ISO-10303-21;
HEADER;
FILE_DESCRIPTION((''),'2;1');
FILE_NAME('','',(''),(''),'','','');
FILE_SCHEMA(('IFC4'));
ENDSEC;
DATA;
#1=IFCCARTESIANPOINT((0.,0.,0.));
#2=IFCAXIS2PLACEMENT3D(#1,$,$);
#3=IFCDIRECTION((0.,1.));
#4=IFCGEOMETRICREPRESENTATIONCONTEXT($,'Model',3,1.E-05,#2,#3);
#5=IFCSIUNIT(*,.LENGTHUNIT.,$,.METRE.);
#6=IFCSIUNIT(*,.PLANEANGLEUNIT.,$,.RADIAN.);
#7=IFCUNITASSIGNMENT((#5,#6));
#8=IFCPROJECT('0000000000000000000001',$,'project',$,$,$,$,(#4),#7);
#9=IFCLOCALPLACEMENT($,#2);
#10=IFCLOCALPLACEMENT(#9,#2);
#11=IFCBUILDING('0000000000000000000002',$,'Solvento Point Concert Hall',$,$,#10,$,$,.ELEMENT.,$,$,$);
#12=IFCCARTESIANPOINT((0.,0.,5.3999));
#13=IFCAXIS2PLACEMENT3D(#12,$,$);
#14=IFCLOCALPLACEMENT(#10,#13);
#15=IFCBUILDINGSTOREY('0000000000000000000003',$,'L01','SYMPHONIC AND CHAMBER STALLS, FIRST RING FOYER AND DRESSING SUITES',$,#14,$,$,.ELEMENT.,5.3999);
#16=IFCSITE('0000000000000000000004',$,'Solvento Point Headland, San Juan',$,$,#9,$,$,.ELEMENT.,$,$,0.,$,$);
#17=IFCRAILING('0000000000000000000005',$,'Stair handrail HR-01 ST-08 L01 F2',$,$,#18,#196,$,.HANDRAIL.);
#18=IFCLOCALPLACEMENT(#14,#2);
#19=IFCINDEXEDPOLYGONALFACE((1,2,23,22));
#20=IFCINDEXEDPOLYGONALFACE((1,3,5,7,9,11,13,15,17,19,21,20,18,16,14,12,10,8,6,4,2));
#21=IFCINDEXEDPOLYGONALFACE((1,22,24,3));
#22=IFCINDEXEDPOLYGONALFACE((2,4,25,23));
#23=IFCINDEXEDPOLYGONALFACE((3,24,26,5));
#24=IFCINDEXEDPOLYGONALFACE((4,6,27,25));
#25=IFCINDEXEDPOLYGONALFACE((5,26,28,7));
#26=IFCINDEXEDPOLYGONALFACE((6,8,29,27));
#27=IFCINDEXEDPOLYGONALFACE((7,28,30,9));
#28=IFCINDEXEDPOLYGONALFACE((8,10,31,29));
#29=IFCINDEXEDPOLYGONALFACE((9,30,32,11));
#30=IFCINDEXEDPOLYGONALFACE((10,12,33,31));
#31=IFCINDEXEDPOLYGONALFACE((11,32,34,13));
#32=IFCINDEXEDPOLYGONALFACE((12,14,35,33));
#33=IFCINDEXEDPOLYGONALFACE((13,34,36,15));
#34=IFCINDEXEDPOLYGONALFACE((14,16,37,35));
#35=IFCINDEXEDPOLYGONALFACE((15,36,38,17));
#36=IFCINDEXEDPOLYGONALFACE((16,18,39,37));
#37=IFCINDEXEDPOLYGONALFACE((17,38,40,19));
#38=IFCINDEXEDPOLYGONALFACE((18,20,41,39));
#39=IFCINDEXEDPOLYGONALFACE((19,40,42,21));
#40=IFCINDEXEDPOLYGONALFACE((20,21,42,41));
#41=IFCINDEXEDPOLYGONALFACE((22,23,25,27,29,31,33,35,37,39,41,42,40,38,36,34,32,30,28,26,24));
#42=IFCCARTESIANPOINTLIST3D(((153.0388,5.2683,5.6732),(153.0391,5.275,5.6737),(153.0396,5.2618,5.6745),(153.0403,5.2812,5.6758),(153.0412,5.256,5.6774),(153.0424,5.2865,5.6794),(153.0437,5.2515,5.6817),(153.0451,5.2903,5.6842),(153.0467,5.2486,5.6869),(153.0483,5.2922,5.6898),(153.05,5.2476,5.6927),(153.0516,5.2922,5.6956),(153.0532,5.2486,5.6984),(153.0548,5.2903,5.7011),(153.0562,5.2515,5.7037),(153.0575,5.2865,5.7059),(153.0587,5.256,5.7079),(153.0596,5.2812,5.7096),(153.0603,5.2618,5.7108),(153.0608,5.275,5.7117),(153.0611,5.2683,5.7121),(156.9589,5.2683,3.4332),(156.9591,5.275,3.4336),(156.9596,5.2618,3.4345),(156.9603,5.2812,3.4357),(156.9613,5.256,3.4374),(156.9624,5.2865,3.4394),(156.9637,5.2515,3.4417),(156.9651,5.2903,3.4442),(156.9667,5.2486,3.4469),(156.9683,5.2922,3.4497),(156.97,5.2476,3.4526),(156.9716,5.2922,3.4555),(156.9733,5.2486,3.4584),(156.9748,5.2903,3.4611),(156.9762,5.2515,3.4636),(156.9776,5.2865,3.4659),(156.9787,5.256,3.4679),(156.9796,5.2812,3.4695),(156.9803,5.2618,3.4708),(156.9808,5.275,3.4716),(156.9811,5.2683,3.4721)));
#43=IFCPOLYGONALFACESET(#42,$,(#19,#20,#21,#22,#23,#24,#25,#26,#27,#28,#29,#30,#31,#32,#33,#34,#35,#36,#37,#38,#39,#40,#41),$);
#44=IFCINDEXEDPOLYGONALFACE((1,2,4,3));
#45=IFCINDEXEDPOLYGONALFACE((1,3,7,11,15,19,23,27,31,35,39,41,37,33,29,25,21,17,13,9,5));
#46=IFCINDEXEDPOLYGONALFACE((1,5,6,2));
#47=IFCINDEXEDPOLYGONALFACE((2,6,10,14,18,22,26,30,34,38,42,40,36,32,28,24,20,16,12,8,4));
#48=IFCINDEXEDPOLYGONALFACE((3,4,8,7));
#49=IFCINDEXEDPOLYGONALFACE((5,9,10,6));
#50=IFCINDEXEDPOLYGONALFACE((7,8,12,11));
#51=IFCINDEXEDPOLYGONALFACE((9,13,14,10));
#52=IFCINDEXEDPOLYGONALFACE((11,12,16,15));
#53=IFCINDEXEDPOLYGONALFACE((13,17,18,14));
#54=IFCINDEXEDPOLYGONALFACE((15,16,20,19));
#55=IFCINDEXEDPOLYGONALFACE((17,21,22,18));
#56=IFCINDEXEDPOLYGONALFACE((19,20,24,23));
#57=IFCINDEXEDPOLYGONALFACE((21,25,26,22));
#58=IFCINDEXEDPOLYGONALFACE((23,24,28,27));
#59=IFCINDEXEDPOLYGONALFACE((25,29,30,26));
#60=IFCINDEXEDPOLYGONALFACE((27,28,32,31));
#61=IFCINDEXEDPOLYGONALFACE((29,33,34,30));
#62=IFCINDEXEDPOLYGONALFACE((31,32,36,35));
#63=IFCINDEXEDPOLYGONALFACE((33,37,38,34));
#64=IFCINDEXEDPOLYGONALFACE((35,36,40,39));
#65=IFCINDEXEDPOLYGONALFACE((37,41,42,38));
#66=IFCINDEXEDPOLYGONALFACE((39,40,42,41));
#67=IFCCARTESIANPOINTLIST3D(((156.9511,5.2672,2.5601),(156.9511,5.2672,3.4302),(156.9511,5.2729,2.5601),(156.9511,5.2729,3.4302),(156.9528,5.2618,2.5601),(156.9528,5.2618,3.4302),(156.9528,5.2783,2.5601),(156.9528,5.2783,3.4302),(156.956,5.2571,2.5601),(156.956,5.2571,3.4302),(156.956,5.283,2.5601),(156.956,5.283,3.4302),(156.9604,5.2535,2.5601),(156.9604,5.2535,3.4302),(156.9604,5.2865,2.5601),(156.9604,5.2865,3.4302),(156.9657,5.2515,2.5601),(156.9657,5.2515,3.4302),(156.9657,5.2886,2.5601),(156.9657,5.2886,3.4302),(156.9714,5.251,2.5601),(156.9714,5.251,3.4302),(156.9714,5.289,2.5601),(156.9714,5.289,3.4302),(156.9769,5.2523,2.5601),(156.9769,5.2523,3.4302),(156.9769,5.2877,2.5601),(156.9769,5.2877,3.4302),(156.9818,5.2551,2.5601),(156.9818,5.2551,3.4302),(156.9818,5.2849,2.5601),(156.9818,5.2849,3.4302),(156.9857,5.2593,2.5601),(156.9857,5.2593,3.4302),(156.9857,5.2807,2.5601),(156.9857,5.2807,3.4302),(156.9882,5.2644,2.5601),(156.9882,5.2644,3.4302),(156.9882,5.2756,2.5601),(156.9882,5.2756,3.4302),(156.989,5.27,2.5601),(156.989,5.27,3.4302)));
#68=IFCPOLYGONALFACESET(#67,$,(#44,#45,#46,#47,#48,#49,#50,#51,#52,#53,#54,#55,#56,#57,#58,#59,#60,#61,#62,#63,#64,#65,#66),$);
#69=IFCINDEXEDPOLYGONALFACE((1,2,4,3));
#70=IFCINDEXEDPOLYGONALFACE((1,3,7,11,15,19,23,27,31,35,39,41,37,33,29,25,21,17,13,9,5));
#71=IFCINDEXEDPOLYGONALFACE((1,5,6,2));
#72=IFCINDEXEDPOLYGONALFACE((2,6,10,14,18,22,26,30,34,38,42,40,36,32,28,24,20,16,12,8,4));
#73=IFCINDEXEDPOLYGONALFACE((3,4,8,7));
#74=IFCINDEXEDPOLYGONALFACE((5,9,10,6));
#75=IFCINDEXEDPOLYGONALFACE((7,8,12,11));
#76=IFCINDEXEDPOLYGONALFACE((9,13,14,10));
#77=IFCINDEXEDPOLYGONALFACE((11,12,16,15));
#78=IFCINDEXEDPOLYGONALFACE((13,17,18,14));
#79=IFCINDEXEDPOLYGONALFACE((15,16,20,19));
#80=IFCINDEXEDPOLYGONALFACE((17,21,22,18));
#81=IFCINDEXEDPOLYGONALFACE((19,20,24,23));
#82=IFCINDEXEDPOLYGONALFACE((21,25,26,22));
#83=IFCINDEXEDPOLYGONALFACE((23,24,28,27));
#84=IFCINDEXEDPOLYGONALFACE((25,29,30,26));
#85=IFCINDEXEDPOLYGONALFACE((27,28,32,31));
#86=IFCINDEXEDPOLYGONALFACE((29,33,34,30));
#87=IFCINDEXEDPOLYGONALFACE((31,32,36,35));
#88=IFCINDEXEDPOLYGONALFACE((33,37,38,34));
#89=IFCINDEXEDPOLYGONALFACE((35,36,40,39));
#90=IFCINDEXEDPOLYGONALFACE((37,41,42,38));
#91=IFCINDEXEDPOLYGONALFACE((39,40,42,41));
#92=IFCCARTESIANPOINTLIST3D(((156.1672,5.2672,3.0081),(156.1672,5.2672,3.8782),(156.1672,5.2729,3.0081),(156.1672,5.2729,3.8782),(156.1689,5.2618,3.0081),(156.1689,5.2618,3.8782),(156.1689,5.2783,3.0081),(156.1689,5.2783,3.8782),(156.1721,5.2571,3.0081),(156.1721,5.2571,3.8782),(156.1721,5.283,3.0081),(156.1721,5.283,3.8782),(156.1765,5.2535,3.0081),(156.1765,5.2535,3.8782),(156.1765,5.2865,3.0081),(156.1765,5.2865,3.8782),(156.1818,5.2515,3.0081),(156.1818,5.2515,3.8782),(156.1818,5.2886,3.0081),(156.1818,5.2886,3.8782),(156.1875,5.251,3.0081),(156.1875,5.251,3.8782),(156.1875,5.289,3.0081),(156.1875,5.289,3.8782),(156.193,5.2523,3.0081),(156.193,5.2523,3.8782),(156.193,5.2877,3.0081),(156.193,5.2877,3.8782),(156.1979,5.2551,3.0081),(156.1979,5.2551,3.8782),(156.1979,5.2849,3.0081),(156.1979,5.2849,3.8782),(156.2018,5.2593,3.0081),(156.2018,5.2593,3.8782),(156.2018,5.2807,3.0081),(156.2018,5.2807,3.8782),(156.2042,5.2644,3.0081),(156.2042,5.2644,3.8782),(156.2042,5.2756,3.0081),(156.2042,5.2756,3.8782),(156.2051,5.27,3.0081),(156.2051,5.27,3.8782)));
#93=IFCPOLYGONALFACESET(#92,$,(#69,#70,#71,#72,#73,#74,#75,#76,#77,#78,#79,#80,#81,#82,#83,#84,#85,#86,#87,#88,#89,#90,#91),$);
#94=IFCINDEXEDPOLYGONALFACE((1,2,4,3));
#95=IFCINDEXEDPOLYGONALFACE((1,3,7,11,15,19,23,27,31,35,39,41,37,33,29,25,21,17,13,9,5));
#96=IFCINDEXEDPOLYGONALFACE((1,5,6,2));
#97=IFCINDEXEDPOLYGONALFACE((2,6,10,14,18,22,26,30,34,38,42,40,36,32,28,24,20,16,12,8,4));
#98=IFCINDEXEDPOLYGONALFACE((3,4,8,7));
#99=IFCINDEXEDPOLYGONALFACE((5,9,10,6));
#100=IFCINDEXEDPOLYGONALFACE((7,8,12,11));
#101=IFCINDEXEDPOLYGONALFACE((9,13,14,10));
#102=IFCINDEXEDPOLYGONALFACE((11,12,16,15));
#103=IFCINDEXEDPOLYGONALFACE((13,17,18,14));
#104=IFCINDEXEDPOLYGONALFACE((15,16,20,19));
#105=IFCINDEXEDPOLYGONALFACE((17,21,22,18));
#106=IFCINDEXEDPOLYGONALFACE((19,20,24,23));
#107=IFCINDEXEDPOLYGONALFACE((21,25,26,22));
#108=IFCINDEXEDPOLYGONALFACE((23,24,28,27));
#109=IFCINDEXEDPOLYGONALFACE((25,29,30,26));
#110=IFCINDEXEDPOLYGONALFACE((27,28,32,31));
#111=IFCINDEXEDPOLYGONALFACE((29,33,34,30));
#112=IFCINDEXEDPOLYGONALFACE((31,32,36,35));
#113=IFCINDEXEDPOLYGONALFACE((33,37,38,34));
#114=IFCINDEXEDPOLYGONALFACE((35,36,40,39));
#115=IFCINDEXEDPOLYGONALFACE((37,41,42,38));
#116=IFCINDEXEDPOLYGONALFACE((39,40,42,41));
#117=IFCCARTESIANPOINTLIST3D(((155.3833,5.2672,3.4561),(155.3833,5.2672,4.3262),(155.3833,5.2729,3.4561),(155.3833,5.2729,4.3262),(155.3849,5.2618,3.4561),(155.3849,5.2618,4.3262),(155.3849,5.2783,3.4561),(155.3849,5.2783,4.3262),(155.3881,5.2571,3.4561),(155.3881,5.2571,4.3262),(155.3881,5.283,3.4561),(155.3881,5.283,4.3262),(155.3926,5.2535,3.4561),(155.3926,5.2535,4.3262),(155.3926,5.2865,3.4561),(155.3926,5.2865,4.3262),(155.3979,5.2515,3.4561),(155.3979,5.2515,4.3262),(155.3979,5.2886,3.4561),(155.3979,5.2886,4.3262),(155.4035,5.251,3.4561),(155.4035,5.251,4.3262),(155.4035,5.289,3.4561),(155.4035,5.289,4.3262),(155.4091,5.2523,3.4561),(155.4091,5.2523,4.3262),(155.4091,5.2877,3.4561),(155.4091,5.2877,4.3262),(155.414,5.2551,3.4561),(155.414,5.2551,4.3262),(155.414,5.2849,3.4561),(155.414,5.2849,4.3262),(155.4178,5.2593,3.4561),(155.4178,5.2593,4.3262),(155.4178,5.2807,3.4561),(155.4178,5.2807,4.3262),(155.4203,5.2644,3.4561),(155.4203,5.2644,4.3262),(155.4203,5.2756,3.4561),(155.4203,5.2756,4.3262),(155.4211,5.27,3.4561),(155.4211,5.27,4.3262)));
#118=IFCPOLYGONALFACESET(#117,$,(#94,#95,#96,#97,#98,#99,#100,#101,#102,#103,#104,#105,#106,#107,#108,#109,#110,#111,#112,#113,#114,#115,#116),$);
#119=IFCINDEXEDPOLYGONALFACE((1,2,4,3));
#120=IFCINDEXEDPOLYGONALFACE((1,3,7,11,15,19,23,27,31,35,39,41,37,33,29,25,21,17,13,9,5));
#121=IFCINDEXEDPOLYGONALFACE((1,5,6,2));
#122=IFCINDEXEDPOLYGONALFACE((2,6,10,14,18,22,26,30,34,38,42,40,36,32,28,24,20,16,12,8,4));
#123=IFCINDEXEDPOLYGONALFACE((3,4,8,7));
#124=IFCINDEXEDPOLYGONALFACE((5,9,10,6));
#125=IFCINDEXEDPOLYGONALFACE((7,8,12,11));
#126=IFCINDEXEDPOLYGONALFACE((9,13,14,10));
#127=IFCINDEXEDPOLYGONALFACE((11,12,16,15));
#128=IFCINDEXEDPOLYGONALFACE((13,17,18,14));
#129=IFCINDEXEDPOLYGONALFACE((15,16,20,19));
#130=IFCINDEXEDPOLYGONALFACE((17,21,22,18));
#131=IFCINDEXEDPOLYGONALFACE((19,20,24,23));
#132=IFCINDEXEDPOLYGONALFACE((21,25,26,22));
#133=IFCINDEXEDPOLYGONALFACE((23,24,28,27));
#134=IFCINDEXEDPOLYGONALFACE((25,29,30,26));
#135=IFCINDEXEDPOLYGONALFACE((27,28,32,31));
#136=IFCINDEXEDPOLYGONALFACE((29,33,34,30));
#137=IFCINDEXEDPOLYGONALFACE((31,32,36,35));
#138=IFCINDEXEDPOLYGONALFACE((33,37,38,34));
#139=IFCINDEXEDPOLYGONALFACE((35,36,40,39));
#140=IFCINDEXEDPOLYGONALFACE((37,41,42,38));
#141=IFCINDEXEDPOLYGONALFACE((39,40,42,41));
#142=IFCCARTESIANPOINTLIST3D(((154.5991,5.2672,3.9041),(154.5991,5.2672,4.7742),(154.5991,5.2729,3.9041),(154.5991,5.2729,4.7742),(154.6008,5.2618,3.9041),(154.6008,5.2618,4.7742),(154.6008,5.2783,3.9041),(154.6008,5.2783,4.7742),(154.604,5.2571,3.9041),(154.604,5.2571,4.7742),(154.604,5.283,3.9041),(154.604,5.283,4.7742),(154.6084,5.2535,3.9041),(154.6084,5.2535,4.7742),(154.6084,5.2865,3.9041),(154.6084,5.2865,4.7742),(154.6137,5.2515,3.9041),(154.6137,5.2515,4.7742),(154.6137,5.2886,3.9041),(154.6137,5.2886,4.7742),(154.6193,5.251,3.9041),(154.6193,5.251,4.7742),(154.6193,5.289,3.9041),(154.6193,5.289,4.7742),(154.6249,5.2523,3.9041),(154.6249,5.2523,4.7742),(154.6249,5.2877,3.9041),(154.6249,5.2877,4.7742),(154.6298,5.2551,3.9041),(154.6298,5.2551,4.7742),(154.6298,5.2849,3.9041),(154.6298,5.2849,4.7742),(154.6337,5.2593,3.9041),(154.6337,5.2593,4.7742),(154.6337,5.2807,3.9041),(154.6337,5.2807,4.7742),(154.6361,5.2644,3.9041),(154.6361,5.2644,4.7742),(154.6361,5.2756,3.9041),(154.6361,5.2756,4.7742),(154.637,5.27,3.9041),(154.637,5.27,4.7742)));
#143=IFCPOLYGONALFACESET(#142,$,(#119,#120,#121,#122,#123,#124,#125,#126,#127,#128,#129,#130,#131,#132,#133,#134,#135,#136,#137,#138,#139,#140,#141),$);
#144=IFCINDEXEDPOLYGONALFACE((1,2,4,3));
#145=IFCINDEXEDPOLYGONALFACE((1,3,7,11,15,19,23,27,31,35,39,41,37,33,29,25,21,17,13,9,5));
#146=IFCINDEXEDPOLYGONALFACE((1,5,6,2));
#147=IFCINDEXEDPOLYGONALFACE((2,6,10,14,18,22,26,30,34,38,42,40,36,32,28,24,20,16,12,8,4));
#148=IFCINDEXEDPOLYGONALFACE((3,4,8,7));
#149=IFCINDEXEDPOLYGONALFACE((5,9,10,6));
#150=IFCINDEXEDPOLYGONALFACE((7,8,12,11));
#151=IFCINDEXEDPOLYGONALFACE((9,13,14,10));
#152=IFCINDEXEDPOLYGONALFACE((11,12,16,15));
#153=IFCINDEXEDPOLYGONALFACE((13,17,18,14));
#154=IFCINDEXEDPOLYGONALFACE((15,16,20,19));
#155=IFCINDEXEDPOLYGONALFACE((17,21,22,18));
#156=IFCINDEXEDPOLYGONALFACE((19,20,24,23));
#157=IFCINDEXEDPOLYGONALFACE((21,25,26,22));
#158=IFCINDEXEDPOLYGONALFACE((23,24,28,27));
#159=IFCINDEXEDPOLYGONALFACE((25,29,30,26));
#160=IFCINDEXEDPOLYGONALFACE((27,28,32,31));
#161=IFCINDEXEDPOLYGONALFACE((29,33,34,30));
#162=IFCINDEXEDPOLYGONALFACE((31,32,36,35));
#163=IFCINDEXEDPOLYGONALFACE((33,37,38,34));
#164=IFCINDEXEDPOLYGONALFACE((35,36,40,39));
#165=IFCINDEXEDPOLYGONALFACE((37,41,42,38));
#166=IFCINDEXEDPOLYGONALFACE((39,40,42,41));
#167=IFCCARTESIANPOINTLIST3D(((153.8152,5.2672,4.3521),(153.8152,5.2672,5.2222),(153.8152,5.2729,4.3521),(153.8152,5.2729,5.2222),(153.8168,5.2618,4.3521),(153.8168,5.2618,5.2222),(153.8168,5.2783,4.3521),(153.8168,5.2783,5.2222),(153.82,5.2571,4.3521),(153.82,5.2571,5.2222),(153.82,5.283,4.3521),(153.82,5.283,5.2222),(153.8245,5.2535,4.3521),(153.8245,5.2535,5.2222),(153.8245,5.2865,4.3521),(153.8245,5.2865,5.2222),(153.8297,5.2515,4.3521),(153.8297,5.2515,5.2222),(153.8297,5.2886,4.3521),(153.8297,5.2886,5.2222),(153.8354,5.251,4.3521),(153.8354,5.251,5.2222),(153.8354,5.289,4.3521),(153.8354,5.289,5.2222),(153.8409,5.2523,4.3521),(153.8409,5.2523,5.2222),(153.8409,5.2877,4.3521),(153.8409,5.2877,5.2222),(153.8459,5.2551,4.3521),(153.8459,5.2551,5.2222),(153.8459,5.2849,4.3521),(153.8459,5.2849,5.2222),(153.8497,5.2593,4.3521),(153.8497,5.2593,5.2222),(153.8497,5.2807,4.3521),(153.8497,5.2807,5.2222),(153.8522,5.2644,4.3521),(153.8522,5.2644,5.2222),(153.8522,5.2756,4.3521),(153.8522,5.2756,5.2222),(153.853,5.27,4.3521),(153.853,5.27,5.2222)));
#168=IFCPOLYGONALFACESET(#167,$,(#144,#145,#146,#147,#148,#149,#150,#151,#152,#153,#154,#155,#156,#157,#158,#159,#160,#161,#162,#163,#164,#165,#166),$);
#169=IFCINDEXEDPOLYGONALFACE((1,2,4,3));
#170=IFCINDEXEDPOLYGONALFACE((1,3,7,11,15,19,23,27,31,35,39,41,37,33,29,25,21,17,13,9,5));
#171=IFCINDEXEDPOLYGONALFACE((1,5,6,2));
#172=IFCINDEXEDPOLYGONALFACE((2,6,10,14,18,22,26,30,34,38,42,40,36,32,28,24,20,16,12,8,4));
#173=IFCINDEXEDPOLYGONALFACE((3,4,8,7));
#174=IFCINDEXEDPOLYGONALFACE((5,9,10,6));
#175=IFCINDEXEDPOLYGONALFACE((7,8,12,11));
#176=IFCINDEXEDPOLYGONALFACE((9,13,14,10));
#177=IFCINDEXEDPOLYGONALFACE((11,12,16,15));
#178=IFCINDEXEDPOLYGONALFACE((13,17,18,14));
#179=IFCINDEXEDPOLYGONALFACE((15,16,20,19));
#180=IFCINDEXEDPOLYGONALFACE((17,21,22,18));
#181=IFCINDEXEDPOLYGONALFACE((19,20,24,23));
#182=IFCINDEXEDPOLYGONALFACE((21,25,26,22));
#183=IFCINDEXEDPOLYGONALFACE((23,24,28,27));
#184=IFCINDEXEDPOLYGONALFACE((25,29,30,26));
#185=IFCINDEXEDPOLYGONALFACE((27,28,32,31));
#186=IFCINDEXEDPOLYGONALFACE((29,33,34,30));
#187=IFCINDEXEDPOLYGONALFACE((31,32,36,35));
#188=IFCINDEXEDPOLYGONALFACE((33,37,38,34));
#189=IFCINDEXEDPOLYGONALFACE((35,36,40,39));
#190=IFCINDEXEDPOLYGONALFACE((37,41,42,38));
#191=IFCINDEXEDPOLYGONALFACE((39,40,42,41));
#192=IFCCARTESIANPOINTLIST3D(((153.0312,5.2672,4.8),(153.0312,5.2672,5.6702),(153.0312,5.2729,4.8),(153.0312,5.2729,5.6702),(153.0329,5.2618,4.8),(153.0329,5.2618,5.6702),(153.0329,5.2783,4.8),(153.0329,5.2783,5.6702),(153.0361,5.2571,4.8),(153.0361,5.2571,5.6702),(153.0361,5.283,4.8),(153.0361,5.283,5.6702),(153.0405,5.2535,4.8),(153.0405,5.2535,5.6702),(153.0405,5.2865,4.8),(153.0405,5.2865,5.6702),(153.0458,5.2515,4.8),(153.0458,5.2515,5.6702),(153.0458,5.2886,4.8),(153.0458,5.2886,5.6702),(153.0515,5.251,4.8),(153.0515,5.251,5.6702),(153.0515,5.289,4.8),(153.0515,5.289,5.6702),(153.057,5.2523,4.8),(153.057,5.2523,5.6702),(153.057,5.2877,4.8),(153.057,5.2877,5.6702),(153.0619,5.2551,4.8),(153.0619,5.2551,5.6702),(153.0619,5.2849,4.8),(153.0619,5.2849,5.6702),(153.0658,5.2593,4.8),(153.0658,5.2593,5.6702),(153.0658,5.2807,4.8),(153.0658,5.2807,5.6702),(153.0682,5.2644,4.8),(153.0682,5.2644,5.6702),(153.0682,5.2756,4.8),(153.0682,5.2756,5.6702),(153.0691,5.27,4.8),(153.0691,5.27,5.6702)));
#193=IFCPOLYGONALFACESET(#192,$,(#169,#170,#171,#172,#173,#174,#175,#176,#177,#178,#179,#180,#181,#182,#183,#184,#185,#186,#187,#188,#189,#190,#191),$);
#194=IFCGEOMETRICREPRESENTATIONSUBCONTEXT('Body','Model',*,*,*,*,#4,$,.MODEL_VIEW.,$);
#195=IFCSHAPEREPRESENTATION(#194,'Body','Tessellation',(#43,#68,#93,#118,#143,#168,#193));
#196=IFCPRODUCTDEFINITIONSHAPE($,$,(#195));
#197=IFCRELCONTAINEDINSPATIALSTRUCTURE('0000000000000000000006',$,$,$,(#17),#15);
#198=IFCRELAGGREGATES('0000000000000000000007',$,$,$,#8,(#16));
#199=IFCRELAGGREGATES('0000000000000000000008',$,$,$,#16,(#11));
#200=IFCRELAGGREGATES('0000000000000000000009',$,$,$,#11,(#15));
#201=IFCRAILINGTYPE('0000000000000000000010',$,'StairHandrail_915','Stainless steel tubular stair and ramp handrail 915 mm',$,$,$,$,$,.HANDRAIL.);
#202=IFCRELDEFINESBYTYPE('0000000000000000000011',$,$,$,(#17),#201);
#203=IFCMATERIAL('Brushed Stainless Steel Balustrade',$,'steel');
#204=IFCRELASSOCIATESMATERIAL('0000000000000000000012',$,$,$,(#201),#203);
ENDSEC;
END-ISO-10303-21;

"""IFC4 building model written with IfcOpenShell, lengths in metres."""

from ifc_helpers import new_model, si_unit, direction, frame, origin, origin_2d, place, context, subcontext, project, spatial, circle, extrude, material, type_object, element, save


model = new_model("IFC4")

# Units and contexts
model_context = context("Model", 3, precision=1e-05, world=origin(), true_north=direction((0.0, 1.0)))
body_context = subcontext(model_context, "Body", "Model", "MODEL_VIEW")
ifc_project = project(units=[si_unit("LENGTHUNIT", "METRE"), si_unit("PLANEANGLEUNIT", "RADIAN")], contexts=[model_context])

# Site, building, storey
site_placement = place(None, origin())
site = spatial("IfcSite", under=ifc_project, at=site_placement, Name="Solvento Point Headland, San Juan", CompositionType="ELEMENT", RefElevation=0.0)
building_placement = place(site_placement, origin())
building = spatial("IfcBuilding", under=site, at=building_placement, Name="Solvento Point Concert Hall", CompositionType="ELEMENT")
storey_placement = place(building_placement, frame((0.0, 0.0, 5.3999)))
storey = spatial("IfcBuildingStorey", under=building, at=storey_placement, Name="L01", Description="SYMPHONIC AND CHAMBER STALLS, FIRST RING FOYER AND DRESSING SUITES", CompositionType="ELEMENT", Elevation=5.3999)

# Railing
ifc_material_1 = material(Name="Brushed Stainless Steel Balustrade", Category="steel")
railing_type_1 = type_object("IfcRailingType", Name="StairHandrail_915", Description="Stainless steel tubular stair and ramp handrail 915 mm", PredefinedType="HANDRAIL", material=ifc_material_1)
railing_1_placement = place(storey_placement, frame((156.97, 5.27, 2.5601)))
element("IfcRailing", 1, at=railing_1_placement, inside=storey, type_object=railing_type_1, Name="Stair handrail HR-01 ST-08 L01 F2", PredefinedType="HANDRAIL", context=body_context, shape_type="SweptSolid", body=[
    extrude(circle(Radius=0.0225, at=origin_2d()), frame((0.0, 0.0, 0.8926), z_axis=(-0.86824, 0.0, 0.496145), x_axis=(0.0, -1.0, 0.0)), (0.0, 0.0, 1.0), 4.5149),
    extrude(circle(Radius=0.019, at=origin_2d()), origin(), (0.0, 0.0, 1.0), 0.8701),
    extrude(circle(Radius=0.019, at=origin_2d()), frame((-0.7839, 0.0, 0.448)), (0.0, 0.0, 1.0), 0.8701),
    extrude(circle(Radius=0.019, at=origin_2d()), frame((-1.5679, 0.0, 0.896)), (0.0, 0.0, 1.0), 0.8701),
    extrude(circle(Radius=0.019, at=origin_2d()), frame((-2.3521, 0.0, 1.344)), (0.0, 0.0, 1.0), 0.8701),
    extrude(circle(Radius=0.019, at=origin_2d()), frame((-3.136, 0.0, 1.792)), (0.0, 0.0, 1.0), 0.8701),
    extrude(circle(Radius=0.019, at=origin_2d()), frame((-3.9199, 0.0, 2.24)), (0.0, 0.0, 1.0), 0.8701),
])

save(model, "model.ifc")
